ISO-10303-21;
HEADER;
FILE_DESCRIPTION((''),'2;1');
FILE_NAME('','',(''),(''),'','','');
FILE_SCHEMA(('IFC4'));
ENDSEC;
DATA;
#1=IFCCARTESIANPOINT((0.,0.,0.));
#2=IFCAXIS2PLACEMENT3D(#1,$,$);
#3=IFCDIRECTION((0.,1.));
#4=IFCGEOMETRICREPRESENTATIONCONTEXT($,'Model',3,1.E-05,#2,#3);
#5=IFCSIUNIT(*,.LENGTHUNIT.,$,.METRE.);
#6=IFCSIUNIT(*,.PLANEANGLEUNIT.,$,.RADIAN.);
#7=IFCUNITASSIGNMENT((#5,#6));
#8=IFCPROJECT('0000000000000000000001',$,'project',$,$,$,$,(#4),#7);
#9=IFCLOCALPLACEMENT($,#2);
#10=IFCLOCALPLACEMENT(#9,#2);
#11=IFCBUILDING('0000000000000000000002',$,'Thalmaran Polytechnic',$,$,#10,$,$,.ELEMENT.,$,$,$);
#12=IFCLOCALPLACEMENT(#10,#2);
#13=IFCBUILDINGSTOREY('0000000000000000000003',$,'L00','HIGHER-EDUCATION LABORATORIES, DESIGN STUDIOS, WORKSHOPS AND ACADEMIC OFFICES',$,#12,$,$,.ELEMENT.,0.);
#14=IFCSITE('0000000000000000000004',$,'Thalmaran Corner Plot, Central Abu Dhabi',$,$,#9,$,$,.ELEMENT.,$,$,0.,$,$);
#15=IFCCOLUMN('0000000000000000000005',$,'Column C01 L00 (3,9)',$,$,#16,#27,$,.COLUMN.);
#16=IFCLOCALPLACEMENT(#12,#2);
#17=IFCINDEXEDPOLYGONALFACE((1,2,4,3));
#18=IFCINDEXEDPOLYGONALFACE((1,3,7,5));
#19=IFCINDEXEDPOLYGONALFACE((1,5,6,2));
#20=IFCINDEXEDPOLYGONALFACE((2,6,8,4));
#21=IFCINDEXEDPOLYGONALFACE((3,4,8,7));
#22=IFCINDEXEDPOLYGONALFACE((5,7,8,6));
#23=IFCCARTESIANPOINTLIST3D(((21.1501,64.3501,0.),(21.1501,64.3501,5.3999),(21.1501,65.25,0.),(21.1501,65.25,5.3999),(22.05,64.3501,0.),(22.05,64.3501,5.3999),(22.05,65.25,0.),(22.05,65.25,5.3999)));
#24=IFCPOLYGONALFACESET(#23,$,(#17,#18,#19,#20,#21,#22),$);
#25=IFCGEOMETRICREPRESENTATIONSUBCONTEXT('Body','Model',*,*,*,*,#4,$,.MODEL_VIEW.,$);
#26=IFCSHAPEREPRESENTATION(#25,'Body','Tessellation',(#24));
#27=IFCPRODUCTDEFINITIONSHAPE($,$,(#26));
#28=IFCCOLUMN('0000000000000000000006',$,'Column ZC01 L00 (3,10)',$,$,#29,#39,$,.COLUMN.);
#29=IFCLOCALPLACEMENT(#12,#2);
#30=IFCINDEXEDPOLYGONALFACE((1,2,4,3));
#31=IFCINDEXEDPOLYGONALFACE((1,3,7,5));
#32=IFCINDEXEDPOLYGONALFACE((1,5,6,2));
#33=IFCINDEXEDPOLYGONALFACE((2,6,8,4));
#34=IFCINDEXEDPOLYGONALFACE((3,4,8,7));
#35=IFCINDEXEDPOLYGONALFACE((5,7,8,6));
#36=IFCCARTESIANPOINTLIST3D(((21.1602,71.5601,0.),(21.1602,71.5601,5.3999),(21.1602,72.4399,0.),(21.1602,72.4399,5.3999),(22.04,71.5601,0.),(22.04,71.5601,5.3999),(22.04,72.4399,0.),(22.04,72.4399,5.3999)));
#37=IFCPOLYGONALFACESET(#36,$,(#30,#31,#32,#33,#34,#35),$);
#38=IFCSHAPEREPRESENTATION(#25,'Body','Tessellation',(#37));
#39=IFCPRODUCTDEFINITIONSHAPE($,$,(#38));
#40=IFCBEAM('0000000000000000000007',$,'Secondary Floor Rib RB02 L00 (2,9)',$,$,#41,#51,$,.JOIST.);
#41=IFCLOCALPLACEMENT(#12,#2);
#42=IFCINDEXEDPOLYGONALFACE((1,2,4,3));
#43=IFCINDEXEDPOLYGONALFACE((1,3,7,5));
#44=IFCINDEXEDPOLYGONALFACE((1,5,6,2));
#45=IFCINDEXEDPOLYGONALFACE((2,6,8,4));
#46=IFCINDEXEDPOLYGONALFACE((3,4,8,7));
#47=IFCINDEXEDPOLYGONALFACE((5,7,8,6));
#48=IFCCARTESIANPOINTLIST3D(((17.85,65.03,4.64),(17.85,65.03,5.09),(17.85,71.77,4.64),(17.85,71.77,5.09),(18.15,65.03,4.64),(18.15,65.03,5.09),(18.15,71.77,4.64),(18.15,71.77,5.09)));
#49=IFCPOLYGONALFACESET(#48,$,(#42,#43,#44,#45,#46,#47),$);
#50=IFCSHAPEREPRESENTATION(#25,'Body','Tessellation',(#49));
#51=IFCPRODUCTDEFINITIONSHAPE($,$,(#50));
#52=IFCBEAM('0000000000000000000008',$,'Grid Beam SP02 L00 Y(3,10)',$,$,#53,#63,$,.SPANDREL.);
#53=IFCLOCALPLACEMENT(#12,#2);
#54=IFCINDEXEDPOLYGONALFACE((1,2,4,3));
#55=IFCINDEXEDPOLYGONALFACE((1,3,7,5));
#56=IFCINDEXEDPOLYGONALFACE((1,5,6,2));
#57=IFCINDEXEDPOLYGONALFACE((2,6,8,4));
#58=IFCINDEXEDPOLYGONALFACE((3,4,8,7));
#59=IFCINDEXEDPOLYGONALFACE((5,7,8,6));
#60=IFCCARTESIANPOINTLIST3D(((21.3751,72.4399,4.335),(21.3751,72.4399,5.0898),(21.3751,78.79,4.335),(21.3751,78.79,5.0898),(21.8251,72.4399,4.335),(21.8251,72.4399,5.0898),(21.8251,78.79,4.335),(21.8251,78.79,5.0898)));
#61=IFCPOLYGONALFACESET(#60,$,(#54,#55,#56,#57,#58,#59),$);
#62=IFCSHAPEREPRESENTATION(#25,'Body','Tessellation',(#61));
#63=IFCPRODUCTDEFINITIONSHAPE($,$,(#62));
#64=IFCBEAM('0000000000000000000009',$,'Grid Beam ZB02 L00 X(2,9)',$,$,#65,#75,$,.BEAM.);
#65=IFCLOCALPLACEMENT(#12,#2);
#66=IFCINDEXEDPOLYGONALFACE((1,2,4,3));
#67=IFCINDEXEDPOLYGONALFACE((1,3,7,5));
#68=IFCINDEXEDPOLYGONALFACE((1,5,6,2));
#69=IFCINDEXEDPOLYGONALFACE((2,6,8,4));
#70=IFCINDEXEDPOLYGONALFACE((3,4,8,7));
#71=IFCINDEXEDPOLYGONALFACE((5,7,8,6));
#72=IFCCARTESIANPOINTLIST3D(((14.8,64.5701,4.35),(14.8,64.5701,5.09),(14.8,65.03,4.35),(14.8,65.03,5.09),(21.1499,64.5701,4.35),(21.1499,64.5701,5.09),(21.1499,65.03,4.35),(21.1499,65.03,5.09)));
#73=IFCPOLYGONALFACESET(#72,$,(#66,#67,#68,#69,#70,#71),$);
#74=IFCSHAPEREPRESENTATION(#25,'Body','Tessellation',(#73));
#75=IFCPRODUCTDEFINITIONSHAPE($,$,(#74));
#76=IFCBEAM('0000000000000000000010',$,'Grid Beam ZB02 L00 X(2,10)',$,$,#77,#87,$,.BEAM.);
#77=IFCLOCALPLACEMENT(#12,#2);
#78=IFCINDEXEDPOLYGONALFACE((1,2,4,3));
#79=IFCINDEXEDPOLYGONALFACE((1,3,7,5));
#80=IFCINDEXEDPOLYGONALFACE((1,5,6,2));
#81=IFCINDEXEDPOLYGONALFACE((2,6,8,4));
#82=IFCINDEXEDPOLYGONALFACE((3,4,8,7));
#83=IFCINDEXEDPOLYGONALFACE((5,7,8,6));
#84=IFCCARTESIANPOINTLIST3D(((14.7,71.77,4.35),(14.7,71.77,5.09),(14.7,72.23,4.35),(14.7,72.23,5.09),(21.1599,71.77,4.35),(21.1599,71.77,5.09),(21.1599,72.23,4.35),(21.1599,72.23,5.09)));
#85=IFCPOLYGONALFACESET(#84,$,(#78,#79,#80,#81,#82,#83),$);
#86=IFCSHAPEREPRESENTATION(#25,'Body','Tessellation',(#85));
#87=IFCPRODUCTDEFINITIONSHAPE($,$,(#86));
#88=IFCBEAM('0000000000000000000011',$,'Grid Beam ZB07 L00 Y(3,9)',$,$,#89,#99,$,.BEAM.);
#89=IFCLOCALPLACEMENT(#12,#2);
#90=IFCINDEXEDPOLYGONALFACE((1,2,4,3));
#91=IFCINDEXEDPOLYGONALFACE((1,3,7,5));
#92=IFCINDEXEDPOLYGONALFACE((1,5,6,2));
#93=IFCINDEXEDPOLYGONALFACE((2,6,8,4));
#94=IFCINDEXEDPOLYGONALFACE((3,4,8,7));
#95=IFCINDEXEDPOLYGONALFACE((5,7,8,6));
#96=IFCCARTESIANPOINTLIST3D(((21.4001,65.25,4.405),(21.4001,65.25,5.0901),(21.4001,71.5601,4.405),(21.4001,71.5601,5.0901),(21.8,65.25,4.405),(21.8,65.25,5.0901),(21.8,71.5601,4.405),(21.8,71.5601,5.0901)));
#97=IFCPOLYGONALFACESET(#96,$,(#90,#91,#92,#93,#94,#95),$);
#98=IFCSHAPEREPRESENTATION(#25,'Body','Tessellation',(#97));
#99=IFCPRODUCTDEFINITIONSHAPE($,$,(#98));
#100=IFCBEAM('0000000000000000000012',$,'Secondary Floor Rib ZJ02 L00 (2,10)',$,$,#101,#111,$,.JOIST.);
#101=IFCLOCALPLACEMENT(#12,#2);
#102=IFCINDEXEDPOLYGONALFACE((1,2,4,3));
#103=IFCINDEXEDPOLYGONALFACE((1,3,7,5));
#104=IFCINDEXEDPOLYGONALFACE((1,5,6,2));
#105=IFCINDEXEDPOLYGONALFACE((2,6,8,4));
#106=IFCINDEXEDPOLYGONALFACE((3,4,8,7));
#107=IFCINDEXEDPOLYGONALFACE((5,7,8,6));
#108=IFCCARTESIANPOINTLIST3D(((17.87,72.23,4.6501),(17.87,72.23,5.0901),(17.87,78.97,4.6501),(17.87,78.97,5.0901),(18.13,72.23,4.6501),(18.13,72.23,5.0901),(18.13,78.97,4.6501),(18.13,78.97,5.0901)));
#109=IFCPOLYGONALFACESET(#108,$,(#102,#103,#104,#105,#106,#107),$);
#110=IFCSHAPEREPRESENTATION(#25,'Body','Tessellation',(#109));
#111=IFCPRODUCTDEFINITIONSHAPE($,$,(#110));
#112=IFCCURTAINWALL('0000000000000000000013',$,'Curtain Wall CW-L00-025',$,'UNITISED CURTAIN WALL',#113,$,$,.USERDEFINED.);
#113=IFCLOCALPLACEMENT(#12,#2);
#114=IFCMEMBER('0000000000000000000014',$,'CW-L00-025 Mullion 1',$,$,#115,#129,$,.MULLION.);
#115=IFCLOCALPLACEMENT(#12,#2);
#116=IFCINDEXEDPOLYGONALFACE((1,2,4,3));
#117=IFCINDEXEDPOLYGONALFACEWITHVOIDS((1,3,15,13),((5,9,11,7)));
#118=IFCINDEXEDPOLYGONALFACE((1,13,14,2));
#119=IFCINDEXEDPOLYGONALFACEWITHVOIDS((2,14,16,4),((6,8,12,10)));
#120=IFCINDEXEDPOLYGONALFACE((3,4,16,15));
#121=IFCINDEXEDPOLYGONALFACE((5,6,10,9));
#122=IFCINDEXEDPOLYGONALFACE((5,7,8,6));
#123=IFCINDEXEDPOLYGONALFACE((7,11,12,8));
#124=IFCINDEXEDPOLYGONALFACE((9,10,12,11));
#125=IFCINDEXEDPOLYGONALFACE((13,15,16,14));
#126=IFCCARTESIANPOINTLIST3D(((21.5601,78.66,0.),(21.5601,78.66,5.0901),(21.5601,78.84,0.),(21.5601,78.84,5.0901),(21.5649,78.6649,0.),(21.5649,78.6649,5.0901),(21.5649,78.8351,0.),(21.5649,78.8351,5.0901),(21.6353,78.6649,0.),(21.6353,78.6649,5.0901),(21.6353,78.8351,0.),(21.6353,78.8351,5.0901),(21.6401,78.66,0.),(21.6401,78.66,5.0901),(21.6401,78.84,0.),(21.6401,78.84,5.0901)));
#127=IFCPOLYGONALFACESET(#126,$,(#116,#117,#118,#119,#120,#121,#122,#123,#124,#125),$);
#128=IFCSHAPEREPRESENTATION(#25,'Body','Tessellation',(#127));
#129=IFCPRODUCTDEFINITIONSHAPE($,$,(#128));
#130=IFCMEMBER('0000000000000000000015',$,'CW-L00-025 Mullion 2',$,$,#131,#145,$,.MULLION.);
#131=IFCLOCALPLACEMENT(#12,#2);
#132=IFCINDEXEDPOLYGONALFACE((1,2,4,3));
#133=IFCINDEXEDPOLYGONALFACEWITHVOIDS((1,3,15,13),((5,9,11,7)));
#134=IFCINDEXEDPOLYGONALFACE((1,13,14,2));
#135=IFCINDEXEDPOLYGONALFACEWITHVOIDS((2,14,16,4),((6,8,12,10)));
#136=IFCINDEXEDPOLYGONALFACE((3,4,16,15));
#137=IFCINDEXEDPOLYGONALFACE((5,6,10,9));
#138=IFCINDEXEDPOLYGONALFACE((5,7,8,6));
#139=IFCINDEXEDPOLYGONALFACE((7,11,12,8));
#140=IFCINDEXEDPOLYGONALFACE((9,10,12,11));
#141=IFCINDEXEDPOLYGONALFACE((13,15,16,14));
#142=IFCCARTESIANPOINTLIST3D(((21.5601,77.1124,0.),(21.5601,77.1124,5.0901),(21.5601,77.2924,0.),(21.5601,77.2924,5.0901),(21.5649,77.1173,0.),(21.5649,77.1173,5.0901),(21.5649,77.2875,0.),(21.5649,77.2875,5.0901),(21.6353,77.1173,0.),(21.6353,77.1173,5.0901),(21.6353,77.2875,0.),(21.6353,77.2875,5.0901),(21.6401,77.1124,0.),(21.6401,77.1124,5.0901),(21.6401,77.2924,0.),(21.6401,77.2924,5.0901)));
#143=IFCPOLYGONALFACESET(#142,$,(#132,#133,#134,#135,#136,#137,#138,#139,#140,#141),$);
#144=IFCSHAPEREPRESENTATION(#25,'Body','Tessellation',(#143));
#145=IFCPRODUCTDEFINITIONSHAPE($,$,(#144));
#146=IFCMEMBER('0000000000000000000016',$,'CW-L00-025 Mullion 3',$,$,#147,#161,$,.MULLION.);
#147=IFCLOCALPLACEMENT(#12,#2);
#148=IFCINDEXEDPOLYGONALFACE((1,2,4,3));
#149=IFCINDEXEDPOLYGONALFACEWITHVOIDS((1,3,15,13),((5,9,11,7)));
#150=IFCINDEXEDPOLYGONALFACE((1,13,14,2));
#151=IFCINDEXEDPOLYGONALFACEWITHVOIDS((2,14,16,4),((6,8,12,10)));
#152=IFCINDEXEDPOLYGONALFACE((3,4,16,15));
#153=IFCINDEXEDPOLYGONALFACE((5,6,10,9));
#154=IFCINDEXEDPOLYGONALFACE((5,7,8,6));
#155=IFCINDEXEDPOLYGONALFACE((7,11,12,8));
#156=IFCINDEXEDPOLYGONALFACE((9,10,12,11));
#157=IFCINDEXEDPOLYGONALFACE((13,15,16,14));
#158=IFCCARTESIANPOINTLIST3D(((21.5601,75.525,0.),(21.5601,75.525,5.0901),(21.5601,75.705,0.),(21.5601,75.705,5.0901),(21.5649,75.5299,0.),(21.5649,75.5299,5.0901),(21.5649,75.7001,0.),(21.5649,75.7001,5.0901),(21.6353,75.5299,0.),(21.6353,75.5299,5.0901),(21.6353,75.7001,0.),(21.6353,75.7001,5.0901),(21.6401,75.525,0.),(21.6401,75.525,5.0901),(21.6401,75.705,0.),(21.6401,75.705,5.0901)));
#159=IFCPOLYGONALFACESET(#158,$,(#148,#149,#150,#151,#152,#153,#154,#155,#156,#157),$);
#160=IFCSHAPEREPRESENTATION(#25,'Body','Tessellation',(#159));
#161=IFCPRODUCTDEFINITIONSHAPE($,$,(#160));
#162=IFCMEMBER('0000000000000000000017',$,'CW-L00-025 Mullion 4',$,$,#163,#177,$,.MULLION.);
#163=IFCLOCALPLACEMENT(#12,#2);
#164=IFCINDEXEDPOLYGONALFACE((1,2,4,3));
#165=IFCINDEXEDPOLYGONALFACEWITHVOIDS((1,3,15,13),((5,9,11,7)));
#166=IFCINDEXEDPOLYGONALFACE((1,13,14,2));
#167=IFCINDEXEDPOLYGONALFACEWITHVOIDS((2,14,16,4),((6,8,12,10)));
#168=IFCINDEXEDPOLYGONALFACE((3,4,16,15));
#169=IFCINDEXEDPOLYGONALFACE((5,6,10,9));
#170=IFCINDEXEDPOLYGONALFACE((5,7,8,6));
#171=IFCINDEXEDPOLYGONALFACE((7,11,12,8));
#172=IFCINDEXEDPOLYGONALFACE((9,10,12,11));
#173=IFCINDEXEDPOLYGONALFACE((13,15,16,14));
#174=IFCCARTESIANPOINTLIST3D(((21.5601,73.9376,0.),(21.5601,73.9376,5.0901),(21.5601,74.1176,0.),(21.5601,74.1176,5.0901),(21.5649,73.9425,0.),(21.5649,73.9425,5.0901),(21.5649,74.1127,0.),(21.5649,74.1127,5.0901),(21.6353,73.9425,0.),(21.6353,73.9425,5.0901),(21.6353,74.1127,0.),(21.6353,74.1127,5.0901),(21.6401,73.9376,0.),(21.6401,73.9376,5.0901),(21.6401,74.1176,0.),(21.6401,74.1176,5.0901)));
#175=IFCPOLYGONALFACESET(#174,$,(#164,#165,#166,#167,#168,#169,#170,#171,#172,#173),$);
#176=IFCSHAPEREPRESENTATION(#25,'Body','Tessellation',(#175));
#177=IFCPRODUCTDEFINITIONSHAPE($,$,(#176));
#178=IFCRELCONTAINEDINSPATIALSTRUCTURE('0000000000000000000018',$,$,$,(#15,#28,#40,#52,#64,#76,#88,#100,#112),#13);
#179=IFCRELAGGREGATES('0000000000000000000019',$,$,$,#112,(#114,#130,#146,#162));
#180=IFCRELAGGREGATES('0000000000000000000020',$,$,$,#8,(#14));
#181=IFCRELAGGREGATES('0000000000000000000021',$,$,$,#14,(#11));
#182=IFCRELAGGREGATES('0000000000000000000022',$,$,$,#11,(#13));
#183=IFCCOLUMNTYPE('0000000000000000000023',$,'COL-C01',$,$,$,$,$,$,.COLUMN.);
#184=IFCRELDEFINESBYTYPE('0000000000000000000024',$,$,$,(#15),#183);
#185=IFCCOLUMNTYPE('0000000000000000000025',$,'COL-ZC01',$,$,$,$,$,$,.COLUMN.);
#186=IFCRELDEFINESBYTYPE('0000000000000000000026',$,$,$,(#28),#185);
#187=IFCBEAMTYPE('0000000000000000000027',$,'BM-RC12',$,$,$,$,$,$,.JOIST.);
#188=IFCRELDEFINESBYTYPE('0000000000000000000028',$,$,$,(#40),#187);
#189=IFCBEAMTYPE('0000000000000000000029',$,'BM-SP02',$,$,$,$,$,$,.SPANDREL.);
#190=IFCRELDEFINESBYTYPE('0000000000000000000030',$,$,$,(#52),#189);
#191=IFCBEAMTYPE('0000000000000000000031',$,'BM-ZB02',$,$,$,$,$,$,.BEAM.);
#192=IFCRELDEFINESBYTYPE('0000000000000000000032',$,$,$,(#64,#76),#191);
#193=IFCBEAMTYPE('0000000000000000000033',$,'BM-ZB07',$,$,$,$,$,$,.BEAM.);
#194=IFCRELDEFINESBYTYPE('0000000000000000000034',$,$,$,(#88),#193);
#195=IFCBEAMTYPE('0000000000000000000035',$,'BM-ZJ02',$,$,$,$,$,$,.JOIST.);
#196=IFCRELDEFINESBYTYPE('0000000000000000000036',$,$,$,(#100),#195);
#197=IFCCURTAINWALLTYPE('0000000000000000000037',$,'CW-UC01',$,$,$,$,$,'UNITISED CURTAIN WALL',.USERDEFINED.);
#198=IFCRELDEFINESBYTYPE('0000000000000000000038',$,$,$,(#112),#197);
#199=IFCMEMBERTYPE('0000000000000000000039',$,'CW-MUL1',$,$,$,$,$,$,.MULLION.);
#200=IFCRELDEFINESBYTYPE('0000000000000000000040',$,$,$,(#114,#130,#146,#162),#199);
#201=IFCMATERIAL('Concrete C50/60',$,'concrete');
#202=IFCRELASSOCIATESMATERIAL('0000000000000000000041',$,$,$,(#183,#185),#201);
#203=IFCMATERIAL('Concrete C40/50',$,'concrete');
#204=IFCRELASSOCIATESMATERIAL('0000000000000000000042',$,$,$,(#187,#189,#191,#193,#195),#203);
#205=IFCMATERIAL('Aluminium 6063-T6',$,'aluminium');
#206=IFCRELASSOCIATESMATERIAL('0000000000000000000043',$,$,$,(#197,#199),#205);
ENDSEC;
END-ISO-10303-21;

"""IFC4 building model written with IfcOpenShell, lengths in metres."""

from ifc_helpers import new_model, si_unit, direction, frame, origin, origin_2d, place, context, subcontext, project, spatial, rectangle, hollow_rectangle, extrude, material, material_profile, profile_set, type_object, element, aggregate, save


model = new_model("IFC4")

# Units and contexts
model_context = context("Model", 3, precision=1e-05, world=origin(), true_north=direction((0.0, 1.0)))
body_context = subcontext(model_context, "Body", "Model", "MODEL_VIEW")
ifc_project = project(units=[si_unit("LENGTHUNIT", "METRE"), si_unit("PLANEANGLEUNIT", "RADIAN")], contexts=[model_context])

# Site, building, storey
site_placement = place(None, origin())
site = spatial("IfcSite", under=ifc_project, at=site_placement, Name="Thalmaran Corner Plot, Central Abu Dhabi", CompositionType="ELEMENT", RefElevation=0.0)
building_placement = place(site_placement, origin())
building = spatial("IfcBuilding", under=site, at=building_placement, Name="Thalmaran Polytechnic", CompositionType="ELEMENT")
storey_placement = place(building_placement, origin())
storey = spatial("IfcBuildingStorey", under=building, at=storey_placement, Name="L00", Description="HIGHER-EDUCATION LABORATORIES, DESIGN STUDIOS, WORKSHOPS AND ACADEMIC OFFICES", CompositionType="ELEMENT", Elevation=0.0)

# Columns
ifc_material_1 = material(Name="Concrete C50/60", Category="concrete")
ifc_material_profile_1 = material_profile(ifc_material_1, rectangle(XDim=0.8999, YDim=0.8999, at=origin_2d()), Name="RC 900x900")
ifc_profile_set_1 = profile_set([ifc_material_profile_1], Name="Concrete C50/60")
column_type_1 = type_object("IfcColumnType", Name="COL-C01", PredefinedType="COLUMN", material=ifc_profile_set_1)
column_1_placement = place(storey_placement, frame((21.6001, 64.8, 0.0), z_axis=(0.0, 0.0, 1.0), x_axis=(1.0, 0.0, 0.0)))
element("IfcColumn", 1, at=column_1_placement, inside=storey, type_object=column_type_1, Name="Column C01 L00 (3,9)", PredefinedType="COLUMN", context=body_context, shape_type="SweptSolid", body=[
    extrude(rectangle(XDim=0.8999, YDim=0.8999, at=origin_2d()), origin(), (0.0, 0.0, 1.0), 5.3999),
])
ifc_material_profile_2 = material_profile(ifc_material_1, rectangle(XDim=0.8799, YDim=0.8799, at=origin_2d()), Name="RC 880x880")
ifc_profile_set_2 = profile_set([ifc_material_profile_2], Name="Concrete C50/60")
column_type_2 = type_object("IfcColumnType", Name="COL-ZC01", PredefinedType="COLUMN", material=ifc_profile_set_2)
column_2_placement = place(storey_placement, frame((21.6001, 72.0, 0.0), z_axis=(0.0, 0.0, 1.0), x_axis=(1.0, 0.0, 0.0)))
element("IfcColumn", 2, at=column_2_placement, inside=storey, type_object=column_type_2, Name="Column ZC01 L00 (3,10)", PredefinedType="COLUMN", context=body_context, shape_type="SweptSolid", body=[
    extrude(rectangle(XDim=0.8799, YDim=0.8799, at=origin_2d()), origin(), (0.0, 0.0, 1.0), 5.3999),
])

# Beams
ifc_material_2 = material(Name="Concrete C40/50", Category="concrete")
ifc_material_profile_3 = material_profile(ifc_material_2, rectangle(XDim=0.3, YDim=0.45, at=origin_2d()), Name="RC 300x450")
ifc_profile_set_3 = profile_set([ifc_material_profile_3], Name="Concrete C40/50")
beam_type_1 = type_object("IfcBeamType", Name="BM-RC12", PredefinedType="JOIST", material=ifc_profile_set_3)
beam_1_placement = place(storey_placement, frame((18.0, 65.03, 4.865), z_axis=(0.0, 1.0, 0.0), x_axis=(-1.0, 0.0, 0.0)))
element("IfcBeam", 3, at=beam_1_placement, inside=storey, type_object=beam_type_1, Name="Secondary Floor Rib RB02 L00 (2,9)", PredefinedType="JOIST", context=body_context, shape_type="SweptSolid", body=[
    extrude(rectangle(XDim=0.3, YDim=0.45, at=origin_2d()), origin(), (0.0, 0.0, 1.0), 6.74),
])
ifc_material_profile_4 = material_profile(ifc_material_2, rectangle(XDim=0.45, YDim=0.7549, at=origin_2d()), Name="RC 450x755")
ifc_profile_set_4 = profile_set([ifc_material_profile_4], Name="Concrete C40/50")
beam_type_2 = type_object("IfcBeamType", Name="BM-SP02", PredefinedType="SPANDREL", material=ifc_profile_set_4)
beam_2_placement = place(storey_placement, frame((21.6001, 72.4399, 4.7124), z_axis=(0.0, 1.0, 0.0), x_axis=(-1.0, 0.0, 0.0)))
element("IfcBeam", 4, at=beam_2_placement, inside=storey, type_object=beam_type_2, Name="Grid Beam SP02 L00 Y(3,10)", PredefinedType="SPANDREL", context=body_context, shape_type="SweptSolid", body=[
    extrude(rectangle(XDim=0.45, YDim=0.7549, at=origin_2d()), origin(), (0.0, 0.0, 1.0), 6.3501),
])
ifc_material_profile_5 = material_profile(ifc_material_2, rectangle(XDim=0.46, YDim=0.74, at=origin_2d()), Name="RC 460x740")
ifc_profile_set_5 = profile_set([ifc_material_profile_5], Name="Concrete C40/50")
beam_type_3 = type_object("IfcBeamType", Name="BM-ZB02", PredefinedType="BEAM", material=ifc_profile_set_5)
beam_3_placement = place(storey_placement, frame((14.8, 64.8, 4.72), z_axis=(1.0, 0.0, 0.0), x_axis=(0.0, 1.0, 0.0)))
element("IfcBeam", 5, at=beam_3_placement, inside=storey, type_object=beam_type_3, Name="Grid Beam ZB02 L00 X(2,9)", PredefinedType="BEAM", context=body_context, shape_type="SweptSolid", body=[
    extrude(rectangle(XDim=0.46, YDim=0.74, at=origin_2d()), origin(), (0.0, 0.0, 1.0), 6.3499),
])
beam_4_placement = place(storey_placement, frame((14.7, 72.0, 4.72), z_axis=(1.0, 0.0, 0.0), x_axis=(0.0, 1.0, 0.0)))
element("IfcBeam", 6, at=beam_4_placement, inside=storey, type_object=beam_type_3, Name="Grid Beam ZB02 L00 X(2,10)", PredefinedType="BEAM", context=body_context, shape_type="SweptSolid", body=[
    extrude(rectangle(XDim=0.46, YDim=0.74, at=origin_2d()), origin(), (0.0, 0.0, 1.0), 6.46),
])
ifc_material_profile_6 = material_profile(ifc_material_2, rectangle(XDim=0.3999, YDim=0.6851, at=origin_2d()), Name="RC 400x685")
ifc_profile_set_6 = profile_set([ifc_material_profile_6], Name="Concrete C40/50")
beam_type_4 = type_object("IfcBeamType", Name="BM-ZB07", PredefinedType="BEAM", material=ifc_profile_set_6)
beam_5_placement = place(storey_placement, frame((21.6001, 65.25, 4.7476), z_axis=(0.0, 1.0, 0.0), x_axis=(-1.0, 0.0, 0.0)))
element("IfcBeam", 7, at=beam_5_placement, inside=storey, type_object=beam_type_4, Name="Grid Beam ZB07 L00 Y(3,9)", PredefinedType="BEAM", context=body_context, shape_type="SweptSolid", body=[
    extrude(rectangle(XDim=0.3999, YDim=0.6851, at=origin_2d()), origin(), (0.0, 0.0, 1.0), 6.3101),
])
ifc_material_profile_7 = material_profile(ifc_material_2, rectangle(XDim=0.26, YDim=0.4399, at=origin_2d()), Name="RC 260x440")
ifc_profile_set_7 = profile_set([ifc_material_profile_7], Name="Concrete C40/50")
beam_type_5 = type_object("IfcBeamType", Name="BM-ZJ02", PredefinedType="JOIST", material=ifc_profile_set_7)
beam_6_placement = place(storey_placement, frame((18.0, 72.23, 4.8701), z_axis=(0.0, 1.0, 0.0), x_axis=(-1.0, 0.0, 0.0)))
element("IfcBeam", 8, at=beam_6_placement, inside=storey, type_object=beam_type_5, Name="Secondary Floor Rib ZJ02 L00 (2,10)", PredefinedType="JOIST", context=body_context, shape_type="SweptSolid", body=[
    extrude(rectangle(XDim=0.26, YDim=0.4399, at=origin_2d()), origin(), (0.0, 0.0, 1.0), 6.74),
])

# Curtain wall, members
ifc_material_3 = material(Name="Aluminium 6063-T6", Category="aluminium")
curtain_wall_type = type_object("IfcCurtainWallType", Name="CW-UC01", ElementType="UNITISED CURTAIN WALL", PredefinedType="USERDEFINED", material=ifc_material_3)
curtain_wall_placement = place(storey_placement, origin())
curtain_wall = element("IfcCurtainWall", 9, at=curtain_wall_placement, inside=storey, type_object=curtain_wall_type, Name="Curtain Wall CW-L00-025", ObjectType="UNITISED CURTAIN WALL", PredefinedType="USERDEFINED")
ifc_material_profile_8 = material_profile(ifc_material_3, hollow_rectangle(XDim=0.0801, YDim=0.1799, WallThickness=0.0049, at=origin_2d()), Name="RHS 180x80x5.0")
ifc_profile_set_8 = profile_set([ifc_material_profile_8], Name="Aluminium 6063-T6")
member_type_1 = type_object("IfcMemberType", Name="CW-MUL1", PredefinedType="MULLION", material=ifc_profile_set_8)
member_1_placement = place(storey_placement, frame((21.6001, 78.75, 0.0), z_axis=(0.0, 0.0, 1.0), x_axis=(1.0, 0.0, 0.0)))
member_1 = element("IfcMember", 10, at=member_1_placement, type_object=member_type_1, Name="CW-L00-025 Mullion 1", PredefinedType="MULLION", context=body_context, shape_type="SweptSolid", body=[
    extrude(hollow_rectangle(XDim=0.0801, YDim=0.1799, WallThickness=0.0049, at=origin_2d()), origin(), (0.0, 0.0, 1.0), 5.0901),
])
member_2_placement = place(storey_placement, frame((21.6001, 77.2024, 0.0), z_axis=(0.0, 0.0, 1.0), x_axis=(1.0, 0.0, 0.0)))
member_2 = element("IfcMember", 11, at=member_2_placement, type_object=member_type_1, Name="CW-L00-025 Mullion 2", PredefinedType="MULLION", context=body_context, shape_type="SweptSolid", body=[
    extrude(hollow_rectangle(XDim=0.0801, YDim=0.1799, WallThickness=0.0049, at=origin_2d()), origin(), (0.0, 0.0, 1.0), 5.0901),
])
member_3_placement = place(storey_placement, frame((21.6001, 75.615, 0.0), z_axis=(0.0, 0.0, 1.0), x_axis=(1.0, 0.0, 0.0)))
member_3 = element("IfcMember", 12, at=member_3_placement, type_object=member_type_1, Name="CW-L00-025 Mullion 3", PredefinedType="MULLION", context=body_context, shape_type="SweptSolid", body=[
    extrude(hollow_rectangle(XDim=0.0801, YDim=0.1799, WallThickness=0.0049, at=origin_2d()), origin(), (0.0, 0.0, 1.0), 5.0901),
])
member_4_placement = place(storey_placement, frame((21.6001, 74.0276, 0.0), z_axis=(0.0, 0.0, 1.0), x_axis=(1.0, 0.0, 0.0)))
member_4 = element("IfcMember", 13, at=member_4_placement, type_object=member_type_1, Name="CW-L00-025 Mullion 4", PredefinedType="MULLION", context=body_context, shape_type="SweptSolid", body=[
    extrude(hollow_rectangle(XDim=0.0801, YDim=0.1799, WallThickness=0.0049, at=origin_2d()), origin(), (0.0, 0.0, 1.0), 5.0901),
])
aggregate(curtain_wall, [member_1, member_2, member_3, member_4])

save(model, "model.ifc")
